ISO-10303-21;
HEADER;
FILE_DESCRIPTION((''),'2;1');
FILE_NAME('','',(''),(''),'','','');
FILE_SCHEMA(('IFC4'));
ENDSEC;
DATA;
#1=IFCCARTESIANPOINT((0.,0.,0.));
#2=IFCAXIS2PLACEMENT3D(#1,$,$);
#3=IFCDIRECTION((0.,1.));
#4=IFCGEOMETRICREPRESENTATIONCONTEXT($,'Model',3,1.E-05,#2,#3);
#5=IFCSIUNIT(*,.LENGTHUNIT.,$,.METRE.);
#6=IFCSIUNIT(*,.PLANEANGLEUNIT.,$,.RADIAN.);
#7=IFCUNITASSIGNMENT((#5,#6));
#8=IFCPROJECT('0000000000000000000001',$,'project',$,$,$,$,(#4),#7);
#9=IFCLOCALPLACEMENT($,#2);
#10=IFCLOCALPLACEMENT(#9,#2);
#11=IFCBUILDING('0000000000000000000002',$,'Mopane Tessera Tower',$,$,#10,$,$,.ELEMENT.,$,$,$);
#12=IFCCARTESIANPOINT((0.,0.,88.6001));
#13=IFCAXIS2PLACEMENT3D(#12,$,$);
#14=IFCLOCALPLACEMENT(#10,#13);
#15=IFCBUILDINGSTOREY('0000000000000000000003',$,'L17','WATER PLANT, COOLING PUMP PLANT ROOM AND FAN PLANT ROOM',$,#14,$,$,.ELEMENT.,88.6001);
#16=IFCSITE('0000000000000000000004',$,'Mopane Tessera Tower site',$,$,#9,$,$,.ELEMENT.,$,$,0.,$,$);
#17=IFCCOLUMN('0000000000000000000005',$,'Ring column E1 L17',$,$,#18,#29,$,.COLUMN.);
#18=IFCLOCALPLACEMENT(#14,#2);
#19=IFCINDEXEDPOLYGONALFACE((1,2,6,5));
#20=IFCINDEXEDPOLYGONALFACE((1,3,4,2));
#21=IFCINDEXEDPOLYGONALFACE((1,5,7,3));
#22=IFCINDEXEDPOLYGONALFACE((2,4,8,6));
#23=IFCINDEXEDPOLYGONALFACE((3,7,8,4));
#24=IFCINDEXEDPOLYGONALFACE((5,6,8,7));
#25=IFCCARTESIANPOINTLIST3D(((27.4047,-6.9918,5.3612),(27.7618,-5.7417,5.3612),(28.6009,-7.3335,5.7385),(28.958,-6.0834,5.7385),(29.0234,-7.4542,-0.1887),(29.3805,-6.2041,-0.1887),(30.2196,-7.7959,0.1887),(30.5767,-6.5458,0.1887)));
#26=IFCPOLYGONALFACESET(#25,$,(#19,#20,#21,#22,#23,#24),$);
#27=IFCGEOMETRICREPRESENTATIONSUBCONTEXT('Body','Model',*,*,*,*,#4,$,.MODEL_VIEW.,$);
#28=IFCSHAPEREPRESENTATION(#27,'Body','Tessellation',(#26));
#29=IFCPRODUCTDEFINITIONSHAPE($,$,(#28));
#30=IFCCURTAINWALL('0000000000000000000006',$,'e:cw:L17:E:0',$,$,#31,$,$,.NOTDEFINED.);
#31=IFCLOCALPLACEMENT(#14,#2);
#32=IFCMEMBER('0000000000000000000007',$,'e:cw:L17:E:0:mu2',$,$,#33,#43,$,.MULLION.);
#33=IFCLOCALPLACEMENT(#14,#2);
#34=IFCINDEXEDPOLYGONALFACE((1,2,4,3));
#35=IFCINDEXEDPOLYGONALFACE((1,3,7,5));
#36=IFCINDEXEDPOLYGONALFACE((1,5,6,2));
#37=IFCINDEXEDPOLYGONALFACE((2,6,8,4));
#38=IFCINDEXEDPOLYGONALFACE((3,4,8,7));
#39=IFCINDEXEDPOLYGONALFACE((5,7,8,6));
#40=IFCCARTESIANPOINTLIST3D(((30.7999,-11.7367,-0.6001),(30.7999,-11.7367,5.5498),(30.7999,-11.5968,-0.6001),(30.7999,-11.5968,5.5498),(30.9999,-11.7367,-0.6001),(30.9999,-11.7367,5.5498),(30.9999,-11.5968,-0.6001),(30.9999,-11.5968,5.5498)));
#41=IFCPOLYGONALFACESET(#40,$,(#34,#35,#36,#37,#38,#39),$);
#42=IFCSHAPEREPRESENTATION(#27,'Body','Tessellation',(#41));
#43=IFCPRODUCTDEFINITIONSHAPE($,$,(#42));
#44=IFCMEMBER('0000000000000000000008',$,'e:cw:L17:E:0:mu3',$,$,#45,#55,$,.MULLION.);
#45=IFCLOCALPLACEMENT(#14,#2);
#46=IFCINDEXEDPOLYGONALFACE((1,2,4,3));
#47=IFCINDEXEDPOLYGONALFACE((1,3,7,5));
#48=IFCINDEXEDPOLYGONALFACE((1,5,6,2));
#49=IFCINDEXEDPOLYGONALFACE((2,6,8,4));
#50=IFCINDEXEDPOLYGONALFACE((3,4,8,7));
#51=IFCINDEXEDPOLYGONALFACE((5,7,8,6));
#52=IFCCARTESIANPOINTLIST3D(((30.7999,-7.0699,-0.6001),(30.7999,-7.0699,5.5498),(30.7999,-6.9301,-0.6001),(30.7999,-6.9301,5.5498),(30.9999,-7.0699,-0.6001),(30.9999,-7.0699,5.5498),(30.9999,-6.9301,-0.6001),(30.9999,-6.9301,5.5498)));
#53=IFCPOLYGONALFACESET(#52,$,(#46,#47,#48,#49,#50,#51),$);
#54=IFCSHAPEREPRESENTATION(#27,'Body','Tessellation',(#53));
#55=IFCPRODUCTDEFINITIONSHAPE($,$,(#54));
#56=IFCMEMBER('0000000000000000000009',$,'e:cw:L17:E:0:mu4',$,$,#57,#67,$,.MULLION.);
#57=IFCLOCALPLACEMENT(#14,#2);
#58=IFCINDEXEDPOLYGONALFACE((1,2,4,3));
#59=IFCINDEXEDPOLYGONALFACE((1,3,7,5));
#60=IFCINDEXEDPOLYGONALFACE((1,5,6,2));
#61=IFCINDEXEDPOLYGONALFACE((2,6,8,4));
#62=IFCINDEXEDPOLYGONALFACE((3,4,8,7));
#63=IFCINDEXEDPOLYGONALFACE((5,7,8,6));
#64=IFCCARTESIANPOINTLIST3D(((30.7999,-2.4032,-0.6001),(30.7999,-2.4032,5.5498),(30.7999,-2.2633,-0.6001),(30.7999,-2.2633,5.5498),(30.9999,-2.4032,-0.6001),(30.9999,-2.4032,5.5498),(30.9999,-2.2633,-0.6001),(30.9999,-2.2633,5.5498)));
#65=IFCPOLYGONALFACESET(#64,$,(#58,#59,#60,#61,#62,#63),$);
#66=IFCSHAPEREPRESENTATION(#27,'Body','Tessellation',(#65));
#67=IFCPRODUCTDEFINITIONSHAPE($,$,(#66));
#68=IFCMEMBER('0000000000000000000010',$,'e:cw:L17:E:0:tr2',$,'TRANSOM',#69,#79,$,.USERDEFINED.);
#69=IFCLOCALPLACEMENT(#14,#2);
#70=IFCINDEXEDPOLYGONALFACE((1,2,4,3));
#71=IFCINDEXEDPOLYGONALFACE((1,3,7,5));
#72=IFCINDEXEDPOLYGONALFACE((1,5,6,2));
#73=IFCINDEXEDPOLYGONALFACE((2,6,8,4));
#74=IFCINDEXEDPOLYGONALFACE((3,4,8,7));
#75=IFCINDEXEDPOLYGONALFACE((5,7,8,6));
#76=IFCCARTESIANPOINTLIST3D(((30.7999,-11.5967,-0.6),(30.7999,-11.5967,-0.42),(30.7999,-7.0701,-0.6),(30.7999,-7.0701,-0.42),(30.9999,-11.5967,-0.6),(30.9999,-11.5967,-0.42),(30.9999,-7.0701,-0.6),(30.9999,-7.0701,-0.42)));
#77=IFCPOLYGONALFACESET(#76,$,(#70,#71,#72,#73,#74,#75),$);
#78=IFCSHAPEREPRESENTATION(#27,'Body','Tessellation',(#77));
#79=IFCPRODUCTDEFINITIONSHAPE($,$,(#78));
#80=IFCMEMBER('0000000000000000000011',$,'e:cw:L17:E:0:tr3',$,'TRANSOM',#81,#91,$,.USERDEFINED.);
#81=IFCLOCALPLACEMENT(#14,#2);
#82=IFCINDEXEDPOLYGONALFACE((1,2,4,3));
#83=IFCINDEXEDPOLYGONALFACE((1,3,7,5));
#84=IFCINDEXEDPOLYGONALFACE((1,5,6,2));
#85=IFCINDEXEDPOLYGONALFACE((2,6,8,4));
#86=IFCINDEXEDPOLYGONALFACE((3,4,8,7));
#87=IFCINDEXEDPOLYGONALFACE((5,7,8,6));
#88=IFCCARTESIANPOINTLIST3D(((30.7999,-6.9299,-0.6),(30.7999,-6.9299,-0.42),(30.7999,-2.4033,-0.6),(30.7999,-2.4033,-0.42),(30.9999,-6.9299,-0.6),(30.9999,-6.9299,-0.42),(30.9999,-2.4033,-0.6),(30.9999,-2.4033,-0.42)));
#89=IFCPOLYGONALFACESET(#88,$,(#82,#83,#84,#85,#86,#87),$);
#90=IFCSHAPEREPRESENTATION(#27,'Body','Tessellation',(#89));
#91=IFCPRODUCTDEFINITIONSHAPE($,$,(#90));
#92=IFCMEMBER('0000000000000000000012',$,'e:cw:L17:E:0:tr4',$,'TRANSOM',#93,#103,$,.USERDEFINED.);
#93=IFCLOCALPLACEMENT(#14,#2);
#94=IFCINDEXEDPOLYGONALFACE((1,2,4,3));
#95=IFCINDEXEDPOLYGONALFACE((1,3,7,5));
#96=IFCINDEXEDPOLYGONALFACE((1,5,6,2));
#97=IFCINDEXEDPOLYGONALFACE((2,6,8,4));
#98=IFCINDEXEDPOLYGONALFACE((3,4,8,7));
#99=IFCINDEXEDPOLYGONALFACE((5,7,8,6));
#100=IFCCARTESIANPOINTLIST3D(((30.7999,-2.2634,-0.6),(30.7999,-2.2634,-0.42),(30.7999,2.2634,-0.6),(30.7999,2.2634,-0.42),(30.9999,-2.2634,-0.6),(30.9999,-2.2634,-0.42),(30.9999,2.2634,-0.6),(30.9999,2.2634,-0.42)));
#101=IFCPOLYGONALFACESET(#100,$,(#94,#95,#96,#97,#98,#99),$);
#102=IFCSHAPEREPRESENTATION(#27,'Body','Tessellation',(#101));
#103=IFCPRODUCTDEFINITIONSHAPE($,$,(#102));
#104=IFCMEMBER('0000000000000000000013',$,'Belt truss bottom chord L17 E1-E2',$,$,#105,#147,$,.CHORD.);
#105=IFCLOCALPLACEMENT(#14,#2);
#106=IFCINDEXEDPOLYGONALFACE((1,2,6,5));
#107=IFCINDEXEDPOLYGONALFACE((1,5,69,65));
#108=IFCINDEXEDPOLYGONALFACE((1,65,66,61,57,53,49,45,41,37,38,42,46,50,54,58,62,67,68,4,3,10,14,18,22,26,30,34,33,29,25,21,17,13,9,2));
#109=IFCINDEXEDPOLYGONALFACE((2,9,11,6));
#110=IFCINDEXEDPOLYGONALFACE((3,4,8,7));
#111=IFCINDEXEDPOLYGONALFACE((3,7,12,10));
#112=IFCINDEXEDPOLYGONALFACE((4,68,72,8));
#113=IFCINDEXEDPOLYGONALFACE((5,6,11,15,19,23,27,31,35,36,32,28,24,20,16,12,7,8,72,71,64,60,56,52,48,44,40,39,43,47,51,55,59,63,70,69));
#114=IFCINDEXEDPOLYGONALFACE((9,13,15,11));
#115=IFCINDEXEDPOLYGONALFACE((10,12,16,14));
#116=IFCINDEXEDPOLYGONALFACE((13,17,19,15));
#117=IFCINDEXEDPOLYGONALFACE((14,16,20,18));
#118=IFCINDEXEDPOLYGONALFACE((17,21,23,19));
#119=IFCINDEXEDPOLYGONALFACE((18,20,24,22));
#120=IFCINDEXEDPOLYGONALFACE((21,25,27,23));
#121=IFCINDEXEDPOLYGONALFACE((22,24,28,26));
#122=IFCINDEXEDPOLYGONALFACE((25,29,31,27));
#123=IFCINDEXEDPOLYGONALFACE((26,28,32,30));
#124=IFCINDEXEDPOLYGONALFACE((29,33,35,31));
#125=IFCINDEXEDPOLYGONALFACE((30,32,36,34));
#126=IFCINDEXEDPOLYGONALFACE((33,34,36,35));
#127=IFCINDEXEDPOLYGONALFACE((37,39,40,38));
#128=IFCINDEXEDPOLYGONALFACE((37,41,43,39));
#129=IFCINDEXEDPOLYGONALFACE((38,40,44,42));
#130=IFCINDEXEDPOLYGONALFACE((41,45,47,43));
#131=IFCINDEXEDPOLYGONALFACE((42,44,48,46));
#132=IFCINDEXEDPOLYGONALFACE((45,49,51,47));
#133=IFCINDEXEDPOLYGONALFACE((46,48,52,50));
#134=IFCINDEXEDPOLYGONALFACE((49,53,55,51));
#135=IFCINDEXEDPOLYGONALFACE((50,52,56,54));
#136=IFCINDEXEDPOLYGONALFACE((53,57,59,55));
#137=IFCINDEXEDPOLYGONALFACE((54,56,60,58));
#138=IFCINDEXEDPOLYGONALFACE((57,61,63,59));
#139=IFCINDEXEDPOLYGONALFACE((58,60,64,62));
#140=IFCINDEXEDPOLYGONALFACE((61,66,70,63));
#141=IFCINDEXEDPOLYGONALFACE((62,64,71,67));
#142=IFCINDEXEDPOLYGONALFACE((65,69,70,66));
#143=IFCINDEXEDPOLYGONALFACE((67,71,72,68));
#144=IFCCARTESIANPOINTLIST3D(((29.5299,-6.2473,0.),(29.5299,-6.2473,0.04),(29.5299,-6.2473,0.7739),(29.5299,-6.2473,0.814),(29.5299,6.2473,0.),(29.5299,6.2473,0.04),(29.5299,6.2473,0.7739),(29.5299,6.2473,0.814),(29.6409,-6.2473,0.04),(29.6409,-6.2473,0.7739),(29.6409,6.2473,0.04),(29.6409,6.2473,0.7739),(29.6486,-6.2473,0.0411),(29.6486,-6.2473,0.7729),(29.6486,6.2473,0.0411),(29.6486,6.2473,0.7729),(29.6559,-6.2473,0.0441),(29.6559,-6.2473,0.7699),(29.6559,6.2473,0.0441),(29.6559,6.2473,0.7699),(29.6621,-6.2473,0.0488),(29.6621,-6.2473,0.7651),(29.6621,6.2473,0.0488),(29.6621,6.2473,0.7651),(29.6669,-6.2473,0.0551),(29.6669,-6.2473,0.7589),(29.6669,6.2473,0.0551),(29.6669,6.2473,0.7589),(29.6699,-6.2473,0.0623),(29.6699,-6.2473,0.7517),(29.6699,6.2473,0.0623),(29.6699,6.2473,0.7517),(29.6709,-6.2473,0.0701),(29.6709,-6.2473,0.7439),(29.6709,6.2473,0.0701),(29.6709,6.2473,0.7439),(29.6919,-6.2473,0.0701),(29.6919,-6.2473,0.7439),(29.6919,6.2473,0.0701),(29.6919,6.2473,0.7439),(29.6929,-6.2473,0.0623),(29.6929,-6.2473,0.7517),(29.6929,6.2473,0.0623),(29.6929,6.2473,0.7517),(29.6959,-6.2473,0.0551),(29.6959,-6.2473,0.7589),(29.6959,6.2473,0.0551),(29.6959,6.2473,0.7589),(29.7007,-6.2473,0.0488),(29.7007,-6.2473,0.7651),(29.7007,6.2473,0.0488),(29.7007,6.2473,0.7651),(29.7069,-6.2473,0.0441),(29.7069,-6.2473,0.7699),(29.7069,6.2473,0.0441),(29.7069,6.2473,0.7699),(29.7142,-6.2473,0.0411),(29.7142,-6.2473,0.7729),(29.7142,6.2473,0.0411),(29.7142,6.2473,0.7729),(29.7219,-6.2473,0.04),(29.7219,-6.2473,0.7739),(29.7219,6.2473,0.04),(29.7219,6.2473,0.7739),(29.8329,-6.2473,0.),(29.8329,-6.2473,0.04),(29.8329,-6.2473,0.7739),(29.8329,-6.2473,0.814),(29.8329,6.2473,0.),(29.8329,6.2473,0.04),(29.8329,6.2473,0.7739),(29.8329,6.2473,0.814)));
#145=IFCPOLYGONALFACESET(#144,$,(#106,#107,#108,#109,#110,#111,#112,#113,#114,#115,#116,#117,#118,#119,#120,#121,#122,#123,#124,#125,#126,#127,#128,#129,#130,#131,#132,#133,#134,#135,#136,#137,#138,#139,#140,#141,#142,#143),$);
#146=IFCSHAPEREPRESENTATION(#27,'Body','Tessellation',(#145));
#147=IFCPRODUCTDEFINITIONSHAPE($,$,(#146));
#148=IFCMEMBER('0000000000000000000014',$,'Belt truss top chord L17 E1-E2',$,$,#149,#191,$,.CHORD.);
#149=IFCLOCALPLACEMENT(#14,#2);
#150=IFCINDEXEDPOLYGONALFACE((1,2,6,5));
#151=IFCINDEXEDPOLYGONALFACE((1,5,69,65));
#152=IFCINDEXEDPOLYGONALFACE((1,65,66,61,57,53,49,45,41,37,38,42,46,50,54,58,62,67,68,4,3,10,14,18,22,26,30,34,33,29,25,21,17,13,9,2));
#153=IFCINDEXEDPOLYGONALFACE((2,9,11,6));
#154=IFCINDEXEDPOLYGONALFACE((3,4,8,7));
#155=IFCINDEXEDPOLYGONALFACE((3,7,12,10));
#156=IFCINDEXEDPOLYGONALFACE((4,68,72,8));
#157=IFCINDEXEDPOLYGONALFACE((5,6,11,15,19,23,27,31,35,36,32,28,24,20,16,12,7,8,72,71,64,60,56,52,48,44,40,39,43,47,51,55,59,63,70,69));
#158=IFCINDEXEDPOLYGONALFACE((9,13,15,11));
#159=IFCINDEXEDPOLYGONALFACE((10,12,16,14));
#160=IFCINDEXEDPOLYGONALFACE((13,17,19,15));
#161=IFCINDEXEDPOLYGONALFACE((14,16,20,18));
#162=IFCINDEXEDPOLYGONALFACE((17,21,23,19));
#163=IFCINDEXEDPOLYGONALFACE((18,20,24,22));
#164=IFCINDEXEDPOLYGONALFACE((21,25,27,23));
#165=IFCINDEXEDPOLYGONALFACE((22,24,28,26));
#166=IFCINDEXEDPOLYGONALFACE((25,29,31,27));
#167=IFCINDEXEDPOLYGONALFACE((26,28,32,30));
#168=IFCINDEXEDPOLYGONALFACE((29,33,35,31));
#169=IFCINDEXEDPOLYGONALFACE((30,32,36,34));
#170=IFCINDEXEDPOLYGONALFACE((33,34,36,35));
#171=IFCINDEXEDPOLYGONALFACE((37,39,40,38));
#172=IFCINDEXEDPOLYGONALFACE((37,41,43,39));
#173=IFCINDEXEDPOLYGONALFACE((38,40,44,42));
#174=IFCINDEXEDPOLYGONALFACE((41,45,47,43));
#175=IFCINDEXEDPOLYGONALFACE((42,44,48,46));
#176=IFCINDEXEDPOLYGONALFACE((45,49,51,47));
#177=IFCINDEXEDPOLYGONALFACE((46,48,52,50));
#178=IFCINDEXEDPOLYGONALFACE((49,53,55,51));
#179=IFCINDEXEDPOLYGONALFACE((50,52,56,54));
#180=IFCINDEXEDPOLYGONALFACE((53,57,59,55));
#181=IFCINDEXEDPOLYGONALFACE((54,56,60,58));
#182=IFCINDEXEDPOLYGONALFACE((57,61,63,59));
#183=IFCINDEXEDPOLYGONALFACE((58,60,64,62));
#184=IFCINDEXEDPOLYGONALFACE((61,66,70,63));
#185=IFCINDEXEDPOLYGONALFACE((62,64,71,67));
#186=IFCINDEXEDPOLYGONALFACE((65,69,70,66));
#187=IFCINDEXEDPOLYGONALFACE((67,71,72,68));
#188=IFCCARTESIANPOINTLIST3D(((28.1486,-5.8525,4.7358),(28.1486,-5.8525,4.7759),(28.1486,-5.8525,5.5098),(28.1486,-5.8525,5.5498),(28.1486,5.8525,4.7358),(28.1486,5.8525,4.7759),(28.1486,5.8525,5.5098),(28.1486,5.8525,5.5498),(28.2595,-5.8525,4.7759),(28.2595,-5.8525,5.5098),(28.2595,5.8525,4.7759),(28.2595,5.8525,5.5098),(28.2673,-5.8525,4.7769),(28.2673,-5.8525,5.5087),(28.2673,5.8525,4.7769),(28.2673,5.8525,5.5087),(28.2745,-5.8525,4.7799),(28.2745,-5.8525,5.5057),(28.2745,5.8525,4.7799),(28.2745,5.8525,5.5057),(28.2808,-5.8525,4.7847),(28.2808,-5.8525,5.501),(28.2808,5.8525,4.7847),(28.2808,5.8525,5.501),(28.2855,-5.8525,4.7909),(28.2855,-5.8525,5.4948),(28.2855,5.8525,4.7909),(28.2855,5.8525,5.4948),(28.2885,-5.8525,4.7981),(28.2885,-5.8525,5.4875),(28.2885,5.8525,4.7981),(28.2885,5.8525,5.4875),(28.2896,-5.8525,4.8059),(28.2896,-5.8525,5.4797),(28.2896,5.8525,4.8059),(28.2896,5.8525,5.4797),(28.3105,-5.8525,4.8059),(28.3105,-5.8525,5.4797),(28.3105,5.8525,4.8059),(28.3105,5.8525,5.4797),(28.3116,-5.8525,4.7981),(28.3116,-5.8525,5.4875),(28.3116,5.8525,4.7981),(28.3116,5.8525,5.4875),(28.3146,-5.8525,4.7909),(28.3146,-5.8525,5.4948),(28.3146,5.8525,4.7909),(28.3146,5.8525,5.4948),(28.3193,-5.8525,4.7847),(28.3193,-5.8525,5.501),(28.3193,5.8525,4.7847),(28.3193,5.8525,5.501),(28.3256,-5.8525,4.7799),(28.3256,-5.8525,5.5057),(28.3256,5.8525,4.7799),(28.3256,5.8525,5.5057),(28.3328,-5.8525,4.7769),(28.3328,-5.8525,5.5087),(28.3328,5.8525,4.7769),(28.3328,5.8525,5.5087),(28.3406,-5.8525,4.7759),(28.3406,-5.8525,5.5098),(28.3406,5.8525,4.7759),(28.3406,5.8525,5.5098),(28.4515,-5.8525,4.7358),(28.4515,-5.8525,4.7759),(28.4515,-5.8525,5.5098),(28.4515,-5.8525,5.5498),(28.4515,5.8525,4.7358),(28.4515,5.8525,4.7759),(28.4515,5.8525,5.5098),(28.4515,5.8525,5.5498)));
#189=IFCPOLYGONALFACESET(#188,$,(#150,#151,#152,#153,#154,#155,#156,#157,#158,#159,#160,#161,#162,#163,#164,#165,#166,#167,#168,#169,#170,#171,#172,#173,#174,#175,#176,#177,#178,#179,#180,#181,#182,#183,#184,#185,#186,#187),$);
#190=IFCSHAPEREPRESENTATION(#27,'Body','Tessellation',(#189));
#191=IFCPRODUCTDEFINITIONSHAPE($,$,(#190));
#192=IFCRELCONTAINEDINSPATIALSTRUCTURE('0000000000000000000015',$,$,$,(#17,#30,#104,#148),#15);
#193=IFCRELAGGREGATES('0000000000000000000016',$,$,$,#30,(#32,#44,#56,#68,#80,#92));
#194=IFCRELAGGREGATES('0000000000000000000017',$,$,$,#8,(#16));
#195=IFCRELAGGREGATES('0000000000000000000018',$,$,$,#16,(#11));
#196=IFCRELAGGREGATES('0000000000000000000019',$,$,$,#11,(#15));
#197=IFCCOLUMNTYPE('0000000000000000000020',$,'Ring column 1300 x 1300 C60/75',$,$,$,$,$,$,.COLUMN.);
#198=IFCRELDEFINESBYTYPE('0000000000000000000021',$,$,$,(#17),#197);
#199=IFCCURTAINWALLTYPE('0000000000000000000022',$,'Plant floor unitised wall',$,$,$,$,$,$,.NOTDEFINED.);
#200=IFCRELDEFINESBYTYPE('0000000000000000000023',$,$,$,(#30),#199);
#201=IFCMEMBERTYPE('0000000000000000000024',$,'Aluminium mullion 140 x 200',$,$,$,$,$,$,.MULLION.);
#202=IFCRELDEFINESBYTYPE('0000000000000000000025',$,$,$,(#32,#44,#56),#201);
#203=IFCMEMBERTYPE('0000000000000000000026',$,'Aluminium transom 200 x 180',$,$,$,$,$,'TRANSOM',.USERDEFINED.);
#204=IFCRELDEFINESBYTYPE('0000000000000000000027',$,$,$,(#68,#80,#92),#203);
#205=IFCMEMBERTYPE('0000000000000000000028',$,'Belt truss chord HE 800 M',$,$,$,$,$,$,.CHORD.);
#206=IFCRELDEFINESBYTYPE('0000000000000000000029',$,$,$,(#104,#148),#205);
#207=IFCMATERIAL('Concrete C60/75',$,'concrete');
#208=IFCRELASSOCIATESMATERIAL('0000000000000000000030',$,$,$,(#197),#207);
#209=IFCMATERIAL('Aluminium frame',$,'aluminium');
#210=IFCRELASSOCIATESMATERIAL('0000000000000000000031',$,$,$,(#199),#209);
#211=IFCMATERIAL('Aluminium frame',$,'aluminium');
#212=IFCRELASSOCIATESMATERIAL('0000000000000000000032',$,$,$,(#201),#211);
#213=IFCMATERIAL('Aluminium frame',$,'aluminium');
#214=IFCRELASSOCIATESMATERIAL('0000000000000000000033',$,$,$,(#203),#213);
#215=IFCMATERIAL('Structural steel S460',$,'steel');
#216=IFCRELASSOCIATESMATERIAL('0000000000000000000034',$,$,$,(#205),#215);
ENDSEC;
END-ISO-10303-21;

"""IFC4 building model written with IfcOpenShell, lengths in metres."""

from ifc_helpers import new_model, si_unit, direction, frame, origin, origin_2d, place, context, subcontext, project, spatial, rectangle, i_section, extrude, material, material_profile, profile_set, type_object, element, aggregate, save


model = new_model("IFC4")

# Units and contexts
model_context = context("Model", 3, precision=1e-05, world=origin(), true_north=direction((0.0, 1.0)))
body_context = subcontext(model_context, "Body", "Model", "MODEL_VIEW")
ifc_project = project(units=[si_unit("LENGTHUNIT", "METRE"), si_unit("PLANEANGLEUNIT", "RADIAN")], contexts=[model_context])

# Site, building, storey
site_placement = place(None, origin())
site = spatial("IfcSite", under=ifc_project, at=site_placement, Name="Mopane Tessera Tower site", CompositionType="ELEMENT", RefElevation=0.0)
building_placement = place(site_placement, origin())
building = spatial("IfcBuilding", under=site, at=building_placement, Name="Mopane Tessera Tower", CompositionType="ELEMENT")
storey_placement = place(building_placement, frame((0.0, 0.0, 88.6001)))
storey = spatial("IfcBuildingStorey", under=building, at=storey_placement, Name="L17", Description="WATER PLANT, COOLING PUMP PLANT ROOM AND FAN PLANT ROOM", CompositionType="ELEMENT", Elevation=88.6001)

# Column
ifc_material_1 = material(Name="Concrete C60/75", Category="concrete")
ifc_material_profile_1 = material_profile(ifc_material_1, rectangle(XDim=1.3, YDim=1.3, at=origin_2d()))
ifc_profile_set_1 = profile_set([ifc_material_profile_1], Name="Concrete C60/75")
column_type = type_object("IfcColumnType", Name="Ring column 1300 x 1300 C60/75", PredefinedType="COLUMN", material=ifc_profile_set_1)
column_placement = place(storey_placement, frame((29.8, -7.0, 0.0), z_axis=(-0.279102, 0.079731, 0.956946), x_axis=(-0.274683, -0.961535, 0.0)))
element("IfcColumn", 1, at=column_placement, inside=storey, type_object=column_type, Name="Ring column E1 L17", PredefinedType="COLUMN", context=body_context, shape_type="SweptSolid", body=[
    extrude(rectangle(XDim=1.3, YDim=1.3, at=origin_2d()), origin(), (0.0, 0.0, 1.0), 5.7996),
])

# Curtain wall, members
ifc_material_2 = material(Name="Aluminium frame", Category="aluminium")
curtain_wall_type = type_object("IfcCurtainWallType", Name="Plant floor unitised wall", PredefinedType="NOTDEFINED", material=ifc_material_2)
curtain_wall_placement = place(storey_placement, origin())
curtain_wall = element("IfcCurtainWall", 2, at=curtain_wall_placement, inside=storey, type_object=curtain_wall_type, Name="e:cw:L17:E:0", PredefinedType="NOTDEFINED")
ifc_material_3 = material(Name="Aluminium frame", Category="aluminium")
ifc_material_profile_2 = material_profile(ifc_material_3, rectangle(XDim=0.1399, YDim=0.2, at=origin_2d()))
ifc_profile_set_2 = profile_set([ifc_material_profile_2], Name="Aluminium frame")
member_type_1 = type_object("IfcMemberType", Name="Aluminium mullion 140 x 200", PredefinedType="MULLION", material=ifc_profile_set_2)
member_1_placement = place(storey_placement, frame((30.8999, -11.6667, -0.6001), z_axis=(0.0, 0.0, 1.0), x_axis=(0.0, 1.0, 0.0)))
member_1 = element("IfcMember", 3, at=member_1_placement, type_object=member_type_1, Name="e:cw:L17:E:0:mu2", PredefinedType="MULLION", context=body_context, shape_type="SweptSolid", body=[
    extrude(rectangle(XDim=0.1399, YDim=0.2, at=origin_2d()), origin(), (0.0, 0.0, 1.0), 6.1499),
])
member_2_placement = place(storey_placement, frame((30.8999, -7.0, -0.6001), z_axis=(0.0, 0.0, 1.0), x_axis=(0.0, 1.0, 0.0)))
member_2 = element("IfcMember", 4, at=member_2_placement, type_object=member_type_1, Name="e:cw:L17:E:0:mu3", PredefinedType="MULLION", context=body_context, shape_type="SweptSolid", body=[
    extrude(rectangle(XDim=0.1399, YDim=0.2, at=origin_2d()), origin(), (0.0, 0.0, 1.0), 6.1499),
])
member_3_placement = place(storey_placement, frame((30.8999, -2.3333, -0.6001), z_axis=(0.0, 0.0, 1.0), x_axis=(0.0, 1.0, 0.0)))
member_3 = element("IfcMember", 5, at=member_3_placement, type_object=member_type_1, Name="e:cw:L17:E:0:mu4", PredefinedType="MULLION", context=body_context, shape_type="SweptSolid", body=[
    extrude(rectangle(XDim=0.1399, YDim=0.2, at=origin_2d()), origin(), (0.0, 0.0, 1.0), 6.1499),
])
ifc_material_4 = material(Name="Aluminium frame", Category="aluminium")
ifc_material_profile_3 = material_profile(ifc_material_4, rectangle(XDim=0.2, YDim=0.1799, at=origin_2d()))
ifc_profile_set_3 = profile_set([ifc_material_profile_3], Name="Aluminium frame")
member_type_2 = type_object("IfcMemberType", Name="Aluminium transom 200 x 180", ElementType="TRANSOM", PredefinedType="USERDEFINED", material=ifc_profile_set_3)
member_4_placement = place(storey_placement, frame((30.8999, -11.5967, -0.51), z_axis=(0.0, 1.0, 0.0), x_axis=(-1.0, 0.0, 0.0)))
member_4 = element("IfcMember", 6, at=member_4_placement, type_object=member_type_2, Name="e:cw:L17:E:0:tr2", ObjectType="TRANSOM", PredefinedType="USERDEFINED", context=body_context, shape_type="SweptSolid", body=[
    extrude(rectangle(XDim=0.2, YDim=0.1799, at=origin_2d()), origin(), (0.0, 0.0, 1.0), 4.5266),
])
member_5_placement = place(storey_placement, frame((30.8999, -6.9299, -0.51), z_axis=(0.0, 1.0, 0.0), x_axis=(-1.0, 0.0, 0.0)))
member_5 = element("IfcMember", 7, at=member_5_placement, type_object=member_type_2, Name="e:cw:L17:E:0:tr3", ObjectType="TRANSOM", PredefinedType="USERDEFINED", context=body_context, shape_type="SweptSolid", body=[
    extrude(rectangle(XDim=0.2, YDim=0.1799, at=origin_2d()), origin(), (0.0, 0.0, 1.0), 4.5266),
])
member_6_placement = place(storey_placement, frame((30.8999, -2.2634, -0.51), z_axis=(0.0, 1.0, 0.0), x_axis=(-1.0, 0.0, 0.0)))
member_6 = element("IfcMember", 8, at=member_6_placement, type_object=member_type_2, Name="e:cw:L17:E:0:tr4", ObjectType="TRANSOM", PredefinedType="USERDEFINED", context=body_context, shape_type="SweptSolid", body=[
    extrude(rectangle(XDim=0.2, YDim=0.1799, at=origin_2d()), origin(), (0.0, 0.0, 1.0), 4.5269),
])

# Members
ifc_material_5 = material(Name="Structural steel S460", Category="steel")
ifc_material_profile_4 = material_profile(ifc_material_5, i_section(OverallWidth=0.303, OverallDepth=0.814, WebThickness=0.021, FlangeThickness=0.04, FilletRadius=0.03, at=origin_2d()))
ifc_profile_set_4 = profile_set([ifc_material_profile_4], Name="Structural steel S460")
member_type_3 = type_object("IfcMemberType", Name="Belt truss chord HE 800 M", PredefinedType="CHORD", material=ifc_profile_set_4)
member_7_placement = place(storey_placement, frame((29.6814, -6.2473, 0.407), z_axis=(0.0, 1.0, 0.0), x_axis=(-1.0, 0.0, 0.0)))
element("IfcMember", 9, at=member_7_placement, inside=storey, type_object=member_type_3, Name="Belt truss bottom chord L17 E1-E2", PredefinedType="CHORD", context=body_context, shape_type="SweptSolid", body=[
    extrude(i_section(OverallWidth=0.303, OverallDepth=0.814, WebThickness=0.021, FlangeThickness=0.04, FilletRadius=0.03, at=origin_2d()), origin(), (0.0, 0.0, 1.0), 12.4946),
])
member_8_placement = place(storey_placement, frame((28.3, -5.8525, 5.1428), z_axis=(0.0, 1.0, 0.0), x_axis=(-1.0, 0.0, 0.0)))
element("IfcMember", 10, at=member_8_placement, inside=storey, type_object=member_type_3, Name="Belt truss top chord L17 E1-E2", PredefinedType="CHORD", context=body_context, shape_type="SweptSolid", body=[
    extrude(i_section(OverallWidth=0.303, OverallDepth=0.814, WebThickness=0.021, FlangeThickness=0.04, FilletRadius=0.03, at=origin_2d()), origin(), (0.0, 0.0, 1.0), 11.7051),
])

aggregate(curtain_wall, [member_1, member_2, member_3, member_4, member_5, member_6])

save(model, "model.ifc")
